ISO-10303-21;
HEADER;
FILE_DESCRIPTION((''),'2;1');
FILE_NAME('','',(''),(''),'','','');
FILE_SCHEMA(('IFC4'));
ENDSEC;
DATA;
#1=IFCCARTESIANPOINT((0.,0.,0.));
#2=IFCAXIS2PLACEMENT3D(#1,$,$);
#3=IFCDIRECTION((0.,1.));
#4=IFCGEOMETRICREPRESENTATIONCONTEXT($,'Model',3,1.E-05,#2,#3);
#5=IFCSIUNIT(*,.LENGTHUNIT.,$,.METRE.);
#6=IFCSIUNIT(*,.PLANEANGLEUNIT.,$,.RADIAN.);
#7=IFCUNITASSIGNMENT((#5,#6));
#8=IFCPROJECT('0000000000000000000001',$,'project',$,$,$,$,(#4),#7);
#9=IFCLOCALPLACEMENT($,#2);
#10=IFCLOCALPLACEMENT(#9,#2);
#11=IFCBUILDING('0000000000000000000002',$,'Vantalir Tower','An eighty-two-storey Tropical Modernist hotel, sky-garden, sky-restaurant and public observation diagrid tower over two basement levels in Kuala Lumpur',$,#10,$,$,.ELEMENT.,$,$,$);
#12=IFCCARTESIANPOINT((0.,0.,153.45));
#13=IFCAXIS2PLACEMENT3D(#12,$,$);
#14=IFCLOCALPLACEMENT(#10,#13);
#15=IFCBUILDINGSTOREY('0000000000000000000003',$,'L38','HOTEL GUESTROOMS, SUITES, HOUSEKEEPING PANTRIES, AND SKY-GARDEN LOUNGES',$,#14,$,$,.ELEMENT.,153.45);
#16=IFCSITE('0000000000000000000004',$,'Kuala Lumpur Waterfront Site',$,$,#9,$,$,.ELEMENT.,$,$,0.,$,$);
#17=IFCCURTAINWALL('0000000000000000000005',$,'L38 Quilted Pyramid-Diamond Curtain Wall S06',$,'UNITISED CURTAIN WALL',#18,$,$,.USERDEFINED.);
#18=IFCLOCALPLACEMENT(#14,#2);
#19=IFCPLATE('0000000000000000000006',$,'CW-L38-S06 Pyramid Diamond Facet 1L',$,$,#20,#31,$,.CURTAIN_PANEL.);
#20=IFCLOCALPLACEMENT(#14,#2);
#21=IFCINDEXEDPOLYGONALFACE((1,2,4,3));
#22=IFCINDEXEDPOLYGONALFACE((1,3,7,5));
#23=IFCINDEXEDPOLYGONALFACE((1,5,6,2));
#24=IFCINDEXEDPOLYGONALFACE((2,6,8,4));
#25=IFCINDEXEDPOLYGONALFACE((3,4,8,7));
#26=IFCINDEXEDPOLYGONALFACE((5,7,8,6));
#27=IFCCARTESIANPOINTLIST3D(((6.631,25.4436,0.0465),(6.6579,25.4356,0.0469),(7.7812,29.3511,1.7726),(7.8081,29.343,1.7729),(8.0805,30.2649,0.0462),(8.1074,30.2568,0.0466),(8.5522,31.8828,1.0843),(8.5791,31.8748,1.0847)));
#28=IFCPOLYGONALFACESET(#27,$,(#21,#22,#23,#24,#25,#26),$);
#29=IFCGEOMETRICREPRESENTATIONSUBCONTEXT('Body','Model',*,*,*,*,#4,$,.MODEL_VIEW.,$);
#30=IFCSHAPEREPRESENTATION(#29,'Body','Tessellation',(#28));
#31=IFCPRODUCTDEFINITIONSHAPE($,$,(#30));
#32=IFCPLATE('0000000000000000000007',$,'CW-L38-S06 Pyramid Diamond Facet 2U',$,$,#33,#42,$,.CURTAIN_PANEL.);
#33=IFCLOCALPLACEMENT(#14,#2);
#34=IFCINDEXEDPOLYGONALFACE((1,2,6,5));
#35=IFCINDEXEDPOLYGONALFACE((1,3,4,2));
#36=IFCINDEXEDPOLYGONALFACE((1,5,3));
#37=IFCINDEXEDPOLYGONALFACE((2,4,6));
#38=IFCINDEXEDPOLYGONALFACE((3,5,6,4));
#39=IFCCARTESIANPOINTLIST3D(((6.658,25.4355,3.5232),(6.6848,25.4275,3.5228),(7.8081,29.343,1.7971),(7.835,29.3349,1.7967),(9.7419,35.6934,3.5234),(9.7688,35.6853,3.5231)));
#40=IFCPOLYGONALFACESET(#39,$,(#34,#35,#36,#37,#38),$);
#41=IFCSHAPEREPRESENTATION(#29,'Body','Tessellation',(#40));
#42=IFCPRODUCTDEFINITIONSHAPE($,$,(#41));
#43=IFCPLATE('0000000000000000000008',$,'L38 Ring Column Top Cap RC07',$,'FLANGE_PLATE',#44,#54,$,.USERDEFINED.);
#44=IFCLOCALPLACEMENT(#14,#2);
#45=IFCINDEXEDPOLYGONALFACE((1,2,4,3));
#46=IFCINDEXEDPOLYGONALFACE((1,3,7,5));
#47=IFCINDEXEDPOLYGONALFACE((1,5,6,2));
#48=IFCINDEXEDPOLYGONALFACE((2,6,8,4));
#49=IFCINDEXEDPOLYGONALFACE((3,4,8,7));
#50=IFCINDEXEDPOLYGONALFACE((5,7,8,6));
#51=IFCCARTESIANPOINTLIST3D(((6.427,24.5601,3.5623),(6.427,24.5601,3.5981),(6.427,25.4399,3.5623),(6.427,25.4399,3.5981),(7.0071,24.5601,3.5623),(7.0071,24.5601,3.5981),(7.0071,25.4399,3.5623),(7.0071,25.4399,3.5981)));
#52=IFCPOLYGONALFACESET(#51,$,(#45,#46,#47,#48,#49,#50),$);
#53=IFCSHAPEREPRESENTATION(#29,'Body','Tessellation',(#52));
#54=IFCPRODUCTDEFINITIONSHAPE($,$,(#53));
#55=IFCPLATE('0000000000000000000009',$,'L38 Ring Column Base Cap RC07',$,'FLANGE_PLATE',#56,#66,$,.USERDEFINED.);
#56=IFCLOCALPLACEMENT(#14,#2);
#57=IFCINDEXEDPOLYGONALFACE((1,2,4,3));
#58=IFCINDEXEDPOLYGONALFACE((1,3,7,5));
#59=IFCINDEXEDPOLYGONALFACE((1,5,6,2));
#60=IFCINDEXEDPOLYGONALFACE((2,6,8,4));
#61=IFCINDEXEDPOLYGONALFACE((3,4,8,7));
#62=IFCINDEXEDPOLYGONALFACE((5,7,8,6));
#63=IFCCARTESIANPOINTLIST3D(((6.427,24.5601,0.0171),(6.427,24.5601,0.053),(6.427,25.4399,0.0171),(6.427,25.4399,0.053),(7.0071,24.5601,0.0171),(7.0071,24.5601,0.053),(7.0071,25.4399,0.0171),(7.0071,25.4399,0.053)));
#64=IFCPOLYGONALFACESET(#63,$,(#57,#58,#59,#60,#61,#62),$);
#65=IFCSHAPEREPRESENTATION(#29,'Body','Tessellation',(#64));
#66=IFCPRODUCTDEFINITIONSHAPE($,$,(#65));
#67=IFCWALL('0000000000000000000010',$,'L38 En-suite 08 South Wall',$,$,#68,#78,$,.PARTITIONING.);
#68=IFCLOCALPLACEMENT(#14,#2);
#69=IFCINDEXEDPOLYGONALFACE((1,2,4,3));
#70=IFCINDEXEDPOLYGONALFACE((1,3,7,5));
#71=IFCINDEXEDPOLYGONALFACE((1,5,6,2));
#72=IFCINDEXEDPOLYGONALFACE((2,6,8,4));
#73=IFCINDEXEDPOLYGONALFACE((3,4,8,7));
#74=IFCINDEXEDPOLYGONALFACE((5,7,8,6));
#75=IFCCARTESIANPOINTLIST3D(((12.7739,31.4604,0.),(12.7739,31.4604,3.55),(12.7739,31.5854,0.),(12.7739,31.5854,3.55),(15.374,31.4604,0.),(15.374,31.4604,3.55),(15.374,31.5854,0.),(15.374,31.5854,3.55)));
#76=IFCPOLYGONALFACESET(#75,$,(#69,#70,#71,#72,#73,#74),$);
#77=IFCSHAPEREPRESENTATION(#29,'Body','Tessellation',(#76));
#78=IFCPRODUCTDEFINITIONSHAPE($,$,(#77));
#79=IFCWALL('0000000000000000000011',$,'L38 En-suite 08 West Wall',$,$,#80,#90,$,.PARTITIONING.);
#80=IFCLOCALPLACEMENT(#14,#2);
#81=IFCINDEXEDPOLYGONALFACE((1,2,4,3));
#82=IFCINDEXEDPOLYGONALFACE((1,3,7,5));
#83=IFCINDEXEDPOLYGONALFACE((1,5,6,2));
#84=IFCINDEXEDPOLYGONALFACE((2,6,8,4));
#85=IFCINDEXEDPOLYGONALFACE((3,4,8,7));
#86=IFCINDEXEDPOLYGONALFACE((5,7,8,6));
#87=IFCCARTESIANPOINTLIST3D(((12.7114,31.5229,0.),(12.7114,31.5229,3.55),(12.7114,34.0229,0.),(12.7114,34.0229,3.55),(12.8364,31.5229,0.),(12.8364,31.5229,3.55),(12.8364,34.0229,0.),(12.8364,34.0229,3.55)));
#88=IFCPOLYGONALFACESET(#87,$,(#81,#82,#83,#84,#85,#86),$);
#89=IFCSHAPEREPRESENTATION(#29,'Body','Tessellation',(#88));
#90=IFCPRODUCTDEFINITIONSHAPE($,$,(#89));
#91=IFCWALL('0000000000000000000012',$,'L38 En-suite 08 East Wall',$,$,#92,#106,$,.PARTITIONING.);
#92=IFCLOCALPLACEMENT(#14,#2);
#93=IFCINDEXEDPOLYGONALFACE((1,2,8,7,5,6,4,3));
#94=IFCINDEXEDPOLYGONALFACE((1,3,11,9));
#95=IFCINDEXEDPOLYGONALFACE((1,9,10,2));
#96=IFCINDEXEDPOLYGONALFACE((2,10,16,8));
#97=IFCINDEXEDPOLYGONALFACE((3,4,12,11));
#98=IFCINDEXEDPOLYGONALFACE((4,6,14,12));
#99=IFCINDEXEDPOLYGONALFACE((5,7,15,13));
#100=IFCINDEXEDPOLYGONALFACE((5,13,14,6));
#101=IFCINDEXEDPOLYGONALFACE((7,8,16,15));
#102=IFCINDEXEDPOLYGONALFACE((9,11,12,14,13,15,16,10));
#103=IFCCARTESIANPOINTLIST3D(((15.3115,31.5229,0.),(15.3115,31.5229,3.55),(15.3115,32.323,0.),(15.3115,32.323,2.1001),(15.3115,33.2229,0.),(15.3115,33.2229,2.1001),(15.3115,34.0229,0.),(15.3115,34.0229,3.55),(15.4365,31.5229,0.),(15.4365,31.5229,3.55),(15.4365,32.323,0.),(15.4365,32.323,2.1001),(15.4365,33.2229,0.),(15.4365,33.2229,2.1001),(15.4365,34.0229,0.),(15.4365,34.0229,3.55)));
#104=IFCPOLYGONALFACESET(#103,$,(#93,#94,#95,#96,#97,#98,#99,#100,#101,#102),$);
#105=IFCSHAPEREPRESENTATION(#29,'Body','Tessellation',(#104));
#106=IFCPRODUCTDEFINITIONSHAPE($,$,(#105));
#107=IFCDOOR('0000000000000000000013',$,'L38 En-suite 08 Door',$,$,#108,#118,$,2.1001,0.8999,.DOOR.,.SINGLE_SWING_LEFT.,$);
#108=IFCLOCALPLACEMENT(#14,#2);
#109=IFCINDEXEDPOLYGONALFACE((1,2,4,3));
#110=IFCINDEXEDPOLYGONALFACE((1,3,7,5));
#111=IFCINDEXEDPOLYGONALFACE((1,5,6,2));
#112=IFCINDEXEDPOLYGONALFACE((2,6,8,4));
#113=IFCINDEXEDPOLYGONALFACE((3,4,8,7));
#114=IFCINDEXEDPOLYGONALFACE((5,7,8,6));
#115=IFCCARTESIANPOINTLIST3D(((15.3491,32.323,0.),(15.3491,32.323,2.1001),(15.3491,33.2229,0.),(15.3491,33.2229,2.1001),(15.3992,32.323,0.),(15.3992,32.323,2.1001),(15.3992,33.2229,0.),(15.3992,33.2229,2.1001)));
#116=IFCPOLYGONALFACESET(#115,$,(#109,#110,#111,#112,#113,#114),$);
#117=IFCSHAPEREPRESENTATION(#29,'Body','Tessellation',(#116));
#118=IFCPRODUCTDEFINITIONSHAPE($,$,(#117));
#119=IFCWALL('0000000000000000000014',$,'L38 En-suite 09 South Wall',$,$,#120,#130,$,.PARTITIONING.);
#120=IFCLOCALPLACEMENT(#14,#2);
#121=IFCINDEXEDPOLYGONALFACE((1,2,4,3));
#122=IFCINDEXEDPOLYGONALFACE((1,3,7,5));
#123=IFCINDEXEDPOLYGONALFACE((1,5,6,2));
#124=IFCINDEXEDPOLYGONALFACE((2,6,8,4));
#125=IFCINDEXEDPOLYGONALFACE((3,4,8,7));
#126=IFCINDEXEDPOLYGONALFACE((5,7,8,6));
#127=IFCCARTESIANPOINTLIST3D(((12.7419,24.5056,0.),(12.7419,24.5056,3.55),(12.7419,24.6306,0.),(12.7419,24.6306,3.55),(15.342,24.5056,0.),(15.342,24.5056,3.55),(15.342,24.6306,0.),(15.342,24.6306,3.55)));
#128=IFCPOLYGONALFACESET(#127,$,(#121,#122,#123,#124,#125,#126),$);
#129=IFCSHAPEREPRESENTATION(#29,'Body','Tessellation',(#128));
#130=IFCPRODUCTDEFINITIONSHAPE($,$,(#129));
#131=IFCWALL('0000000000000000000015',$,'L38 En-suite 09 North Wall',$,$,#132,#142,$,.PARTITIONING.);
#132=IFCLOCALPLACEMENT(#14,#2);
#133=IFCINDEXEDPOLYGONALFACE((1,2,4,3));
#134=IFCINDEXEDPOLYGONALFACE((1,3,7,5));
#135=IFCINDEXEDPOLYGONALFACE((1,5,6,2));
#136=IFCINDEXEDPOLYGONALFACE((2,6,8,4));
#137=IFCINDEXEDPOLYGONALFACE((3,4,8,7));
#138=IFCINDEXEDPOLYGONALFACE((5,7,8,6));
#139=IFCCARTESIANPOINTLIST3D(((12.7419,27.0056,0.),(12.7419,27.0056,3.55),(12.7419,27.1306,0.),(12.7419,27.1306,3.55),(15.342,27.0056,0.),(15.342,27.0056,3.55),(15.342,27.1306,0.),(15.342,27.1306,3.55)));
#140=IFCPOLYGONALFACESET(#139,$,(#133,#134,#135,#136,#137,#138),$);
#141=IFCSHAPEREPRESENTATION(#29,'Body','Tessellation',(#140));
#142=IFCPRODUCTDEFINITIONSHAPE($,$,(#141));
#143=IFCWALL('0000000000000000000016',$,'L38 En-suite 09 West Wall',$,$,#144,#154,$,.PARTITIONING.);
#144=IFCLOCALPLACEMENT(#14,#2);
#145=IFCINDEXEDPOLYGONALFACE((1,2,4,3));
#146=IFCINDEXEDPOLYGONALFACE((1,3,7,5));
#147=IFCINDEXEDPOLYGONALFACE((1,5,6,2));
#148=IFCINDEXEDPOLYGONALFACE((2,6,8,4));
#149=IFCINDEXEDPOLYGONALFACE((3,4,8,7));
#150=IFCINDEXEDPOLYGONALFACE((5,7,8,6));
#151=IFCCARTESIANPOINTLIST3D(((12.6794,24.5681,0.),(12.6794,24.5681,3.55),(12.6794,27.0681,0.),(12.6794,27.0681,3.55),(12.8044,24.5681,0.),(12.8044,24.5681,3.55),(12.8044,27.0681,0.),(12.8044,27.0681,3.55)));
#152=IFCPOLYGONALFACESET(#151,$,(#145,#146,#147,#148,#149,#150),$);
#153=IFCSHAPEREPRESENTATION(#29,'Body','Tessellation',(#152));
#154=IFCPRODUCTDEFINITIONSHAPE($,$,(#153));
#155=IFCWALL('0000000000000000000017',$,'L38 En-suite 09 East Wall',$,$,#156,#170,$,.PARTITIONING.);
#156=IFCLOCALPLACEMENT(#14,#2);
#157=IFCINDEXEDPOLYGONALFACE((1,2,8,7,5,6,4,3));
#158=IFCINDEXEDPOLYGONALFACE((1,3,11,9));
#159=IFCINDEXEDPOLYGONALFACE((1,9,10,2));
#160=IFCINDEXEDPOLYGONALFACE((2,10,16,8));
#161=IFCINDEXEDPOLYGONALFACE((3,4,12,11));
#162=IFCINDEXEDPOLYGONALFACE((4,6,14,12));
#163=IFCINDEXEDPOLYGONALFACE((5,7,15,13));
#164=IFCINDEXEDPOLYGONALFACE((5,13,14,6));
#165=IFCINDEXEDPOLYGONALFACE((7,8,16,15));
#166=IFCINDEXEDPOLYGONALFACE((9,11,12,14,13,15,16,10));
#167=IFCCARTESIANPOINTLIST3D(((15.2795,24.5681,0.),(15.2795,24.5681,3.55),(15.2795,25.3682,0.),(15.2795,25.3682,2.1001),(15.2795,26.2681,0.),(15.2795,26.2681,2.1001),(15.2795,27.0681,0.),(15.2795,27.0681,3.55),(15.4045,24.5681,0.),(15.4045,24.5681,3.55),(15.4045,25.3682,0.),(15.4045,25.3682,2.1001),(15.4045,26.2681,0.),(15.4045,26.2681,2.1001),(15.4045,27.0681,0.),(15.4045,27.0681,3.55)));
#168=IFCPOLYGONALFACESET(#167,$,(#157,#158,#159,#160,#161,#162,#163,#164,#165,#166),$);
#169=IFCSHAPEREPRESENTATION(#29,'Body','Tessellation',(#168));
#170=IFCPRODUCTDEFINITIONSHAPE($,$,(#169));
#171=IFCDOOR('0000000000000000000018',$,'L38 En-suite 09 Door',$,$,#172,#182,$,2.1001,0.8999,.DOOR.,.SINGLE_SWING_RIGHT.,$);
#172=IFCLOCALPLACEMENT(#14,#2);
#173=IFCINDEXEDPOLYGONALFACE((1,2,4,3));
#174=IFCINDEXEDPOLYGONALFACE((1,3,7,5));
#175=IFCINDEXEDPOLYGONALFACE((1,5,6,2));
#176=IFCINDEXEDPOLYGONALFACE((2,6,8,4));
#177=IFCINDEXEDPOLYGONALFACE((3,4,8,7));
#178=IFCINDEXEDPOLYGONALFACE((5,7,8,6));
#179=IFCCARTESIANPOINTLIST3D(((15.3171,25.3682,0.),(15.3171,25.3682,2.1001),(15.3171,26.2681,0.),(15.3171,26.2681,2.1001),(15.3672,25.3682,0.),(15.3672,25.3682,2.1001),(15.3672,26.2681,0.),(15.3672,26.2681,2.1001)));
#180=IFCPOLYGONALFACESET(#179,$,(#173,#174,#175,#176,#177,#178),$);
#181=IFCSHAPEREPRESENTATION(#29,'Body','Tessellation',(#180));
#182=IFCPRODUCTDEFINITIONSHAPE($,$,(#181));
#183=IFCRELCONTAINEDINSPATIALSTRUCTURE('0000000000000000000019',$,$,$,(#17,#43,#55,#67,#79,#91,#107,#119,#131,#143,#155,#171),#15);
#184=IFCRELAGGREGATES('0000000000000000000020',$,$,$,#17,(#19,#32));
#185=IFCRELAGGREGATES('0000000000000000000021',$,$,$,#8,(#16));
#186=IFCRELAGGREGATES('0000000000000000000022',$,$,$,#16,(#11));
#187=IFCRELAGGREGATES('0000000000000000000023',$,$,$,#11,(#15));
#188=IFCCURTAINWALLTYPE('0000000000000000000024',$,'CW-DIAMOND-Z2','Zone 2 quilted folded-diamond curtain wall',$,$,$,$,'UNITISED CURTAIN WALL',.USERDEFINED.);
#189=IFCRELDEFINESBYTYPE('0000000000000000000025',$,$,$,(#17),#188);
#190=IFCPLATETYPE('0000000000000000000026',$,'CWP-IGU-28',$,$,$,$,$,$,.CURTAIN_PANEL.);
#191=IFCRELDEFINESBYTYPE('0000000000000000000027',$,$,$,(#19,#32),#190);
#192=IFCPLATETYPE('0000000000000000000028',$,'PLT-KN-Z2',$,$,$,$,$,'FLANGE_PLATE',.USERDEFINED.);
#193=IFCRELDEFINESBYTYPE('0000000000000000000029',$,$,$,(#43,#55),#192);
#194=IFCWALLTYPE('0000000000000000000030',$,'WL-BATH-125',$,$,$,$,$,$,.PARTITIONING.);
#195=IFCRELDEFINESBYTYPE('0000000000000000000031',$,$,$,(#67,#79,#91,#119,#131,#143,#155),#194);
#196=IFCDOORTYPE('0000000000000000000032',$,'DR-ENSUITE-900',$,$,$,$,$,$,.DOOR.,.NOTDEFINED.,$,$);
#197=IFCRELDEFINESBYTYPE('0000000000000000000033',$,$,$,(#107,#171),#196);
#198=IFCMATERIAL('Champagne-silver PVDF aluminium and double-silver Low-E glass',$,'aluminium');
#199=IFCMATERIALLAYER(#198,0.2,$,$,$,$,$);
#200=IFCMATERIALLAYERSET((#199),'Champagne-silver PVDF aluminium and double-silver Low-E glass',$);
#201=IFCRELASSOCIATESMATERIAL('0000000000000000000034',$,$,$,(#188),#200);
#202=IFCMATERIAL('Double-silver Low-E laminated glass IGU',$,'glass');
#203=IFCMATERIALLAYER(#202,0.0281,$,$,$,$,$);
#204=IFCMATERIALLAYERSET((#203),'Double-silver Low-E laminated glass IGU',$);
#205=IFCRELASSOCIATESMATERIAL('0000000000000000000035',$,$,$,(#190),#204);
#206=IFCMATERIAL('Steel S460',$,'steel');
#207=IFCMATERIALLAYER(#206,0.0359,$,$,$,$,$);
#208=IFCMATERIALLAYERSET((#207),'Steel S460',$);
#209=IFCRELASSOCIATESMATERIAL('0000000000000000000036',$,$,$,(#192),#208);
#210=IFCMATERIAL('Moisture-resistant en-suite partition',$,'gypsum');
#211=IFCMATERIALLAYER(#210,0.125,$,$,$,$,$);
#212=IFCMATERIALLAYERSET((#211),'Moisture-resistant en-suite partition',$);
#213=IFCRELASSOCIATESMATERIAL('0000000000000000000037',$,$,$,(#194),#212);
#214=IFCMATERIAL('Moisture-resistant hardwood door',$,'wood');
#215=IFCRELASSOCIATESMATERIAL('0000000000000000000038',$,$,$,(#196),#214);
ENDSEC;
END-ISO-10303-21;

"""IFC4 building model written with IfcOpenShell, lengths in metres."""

from ifc_helpers import new_model, si_unit, direction, frame, frame_2d, origin, place, context, subcontext, project, spatial, polyline, rectangle, outline, extrude, material, layer, layer_set, type_object, element, fill, aggregate, save


model = new_model("IFC4")

# Units and contexts
model_context = context("Model", 3, precision=1e-05, world=origin(), true_north=direction((0.0, 1.0)))
body_context = subcontext(model_context, "Body", "Model", "MODEL_VIEW")
ifc_project = project(units=[si_unit("LENGTHUNIT", "METRE"), si_unit("PLANEANGLEUNIT", "RADIAN")], contexts=[model_context])

# Site, building, storey
site_placement = place(None, origin())
site = spatial("IfcSite", under=ifc_project, at=site_placement, Name="Kuala Lumpur Waterfront Site", CompositionType="ELEMENT", RefElevation=0.0)
building_placement = place(site_placement, origin())
building = spatial("IfcBuilding", under=site, at=building_placement, Name="Vantalir Tower", Description="An eighty-two-storey Tropical Modernist hotel, sky-garden, sky-restaurant and public observation diagrid tower over two basement levels in Kuala Lumpur", CompositionType="ELEMENT")
storey_placement = place(building_placement, frame((0.0, 0.0, 153.45)))
storey = spatial("IfcBuildingStorey", under=building, at=storey_placement, Name="L38", Description="HOTEL GUESTROOMS, SUITES, HOUSEKEEPING PANTRIES, AND SKY-GARDEN LOUNGES", CompositionType="ELEMENT", Elevation=153.45)

# Shared definitions
ifc_material_1 = material(Name="Steel S460", Category="steel")

# Curtain wall
ifc_material_2 = material(Name="Champagne-silver PVDF aluminium and double-silver Low-E glass", Category="aluminium")
ifc_layer_1 = layer(ifc_material_2, 0.2)
ifc_layer_set_1 = layer_set([ifc_layer_1], Name="Champagne-silver PVDF aluminium and double-silver Low-E glass")
curtain_wall_type = type_object("IfcCurtainWallType", Name="CW-DIAMOND-Z2", Description="Zone 2 quilted folded-diamond curtain wall", ElementType="UNITISED CURTAIN WALL", PredefinedType="USERDEFINED", material=ifc_layer_set_1)
curtain_wall_1_placement = place(storey_placement, origin())
curtain_wall_1 = element("IfcCurtainWall", 1, at=curtain_wall_1_placement, inside=storey, type_object=curtain_wall_type, Name="L38 Quilted Pyramid-Diamond Curtain Wall S06", ObjectType="UNITISED CURTAIN WALL", PredefinedType="USERDEFINED")

# Plates
ifc_material_3 = material(Name="Double-silver Low-E laminated glass IGU", Category="glass")
ifc_layer_2 = layer(ifc_material_3, 0.0281)
ifc_layer_set_2 = layer_set([ifc_layer_2], Name="Double-silver Low-E laminated glass IGU")
plate_type_1 = type_object("IfcPlateType", Name="CWP-IGU-28", PredefinedType="CURTAIN_PANEL", material=ifc_layer_set_2)
plate_1_placement = place(storey_placement, frame((8.1074, 30.2568, 0.0466), z_axis=(0.957567, -0.287888, 0.013635), x_axis=(-0.287916, -0.957656, 0.000048)))
plate_1 = element("IfcPlate", 2, at=plate_1_placement, type_object=plate_type_1, Name="CW-L38-S06 Pyramid Diamond Facet 1L", PredefinedType="CURTAIN_PANEL", context=body_context, shape_type="SweptSolid", body=[
    extrude(outline(polyline([(0.0, 0.0), (5.0345, 0.0), (0.9614, -1.7264), (-1.6852, -1.0383), (0.0, 0.0)])), origin(), (0.0, 0.0, -1.0), 0.0281),
])
plate_2_placement = place(storey_placement, frame((6.658, 25.4355, 3.5232), z_axis=(-0.957566, 0.287889, 0.01366), x_axis=(0.287917, 0.957655, 0.000023)))
plate_2 = element("IfcPlate", 3, at=plate_2_placement, type_object=plate_type_1, Name="CW-L38-S06 Pyramid Diamond Facet 2U", PredefinedType="CURTAIN_PANEL", context=body_context, shape_type="SweptSolid", body=[
    extrude(outline(polyline([(0.0, 0.0), (10.7114, 0.0), (4.0731, 1.7263), (0.0, 0.0)])), origin(), (0.0, 0.0, -1.0), 0.0281),
])
aggregate(curtain_wall_1, [plate_1, plate_2])

# Plates
ifc_layer_3 = layer(ifc_material_1, 0.0359)
ifc_layer_set_3 = layer_set([ifc_layer_3], Name="Steel S460")
plate_type_2 = type_object("IfcPlateType", Name="PLT-KN-Z2", ElementType="FLANGE_PLATE", PredefinedType="USERDEFINED", material=ifc_layer_set_3)
for number, where, z_axis, x_axis, name in (
    (4, (6.427, 25.4399, 3.5981), (0.0, 0.0, 1.0), (0.0, -1.0, 0.0), "L38 Ring Column Top Cap RC07"),
    (5, (6.427, 25.4399, 0.053), (0.0, 0.0, 1.0), (0.0, -1.0, 0.0), "L38 Ring Column Base Cap RC07"),
):
    element("IfcPlate", number, at=place(storey_placement, frame(where, z_axis=z_axis, x_axis=x_axis)), inside=storey, type_object=plate_type_2, Name=name, ObjectType="FLANGE_PLATE", PredefinedType="USERDEFINED", context=body_context, shape_type="SweptSolid", body=[
        extrude(outline(polyline([(0.0, 0.0), (0.8799, 0.0), (0.8799, 0.5801), (0.0, 0.5801), (0.0, 0.0)])), origin(), (0.0, 0.0, -1.0), 0.0359),
    ])

# Walls
ifc_material_4 = material(Name="Moisture-resistant en-suite partition", Category="gypsum")
ifc_layer_4 = layer(ifc_material_4, 0.125)
ifc_layer_set_4 = layer_set([ifc_layer_4], Name="Moisture-resistant en-suite partition")
wall_type_1 = type_object("IfcWallType", Name="WL-BATH-125", PredefinedType="PARTITIONING", material=ifc_layer_set_4)
wall_1_placement = place(storey_placement, frame((12.7739, 31.5229, 0.0), z_axis=(0.0, 0.0, 1.0), x_axis=(1.0, 0.0, 0.0)))
element("IfcWall", 6, at=wall_1_placement, inside=storey, type_object=wall_type_1, Name="L38 En-suite 08 South Wall", PredefinedType="PARTITIONING", context=body_context, shape_type="SweptSolid", body=[
    extrude(rectangle(XDim=2.6001, YDim=0.125, at=frame_2d((1.3, 0.0))), origin(), (0.0, 0.0, 1.0), 3.55),
])
wall_2_placement = place(storey_placement, frame((12.7739, 31.5229, 0.0), z_axis=(0.0, 0.0, 1.0), x_axis=(0.0, 1.0, 0.0)))
element("IfcWall", 7, at=wall_2_placement, inside=storey, type_object=wall_type_1, Name="L38 En-suite 08 West Wall", PredefinedType="PARTITIONING", context=body_context, shape_type="SweptSolid", body=[
    extrude(rectangle(XDim=2.5, YDim=0.125, at=frame_2d((1.25, 0.0))), origin(), (0.0, 0.0, 1.0), 3.55),
])

# Wall, opening, door
wall_3_placement = place(storey_placement, frame((15.374, 31.5229, 0.0), z_axis=(0.0, 0.0, 1.0), x_axis=(0.0, 1.0, 0.0)))
wall_3 = element("IfcWall", 8, at=wall_3_placement, inside=storey, type_object=wall_type_1, Name="L38 En-suite 08 East Wall", PredefinedType="PARTITIONING", context=body_context, shape_type="SweptSolid", body=[
    extrude(rectangle(XDim=2.5, YDim=0.125, at=frame_2d((1.25, 0.0))), origin(), (0.0, 0.0, 1.0), 3.55),
])
opening_1_placement = place(wall_3_placement, frame((0.8, 0.0, 0.0)))
opening_1 = element("IfcOpeningElement", 9, at=opening_1_placement, cuts=wall_3, PredefinedType="OPENING", context=body_context, shape_type="SweptSolid", body=[
    extrude(rectangle(XDim=0.8999, YDim=2.1001, at=frame_2d((0.45, 1.05))), frame((0.0, 0.0725, 0.0), z_axis=(0.0, -1.0, 0.0), x_axis=(1.0, 0.0, 0.0)), (0.0, 0.0, 1.0), 0.145),
])
ifc_material_5 = material(Name="Moisture-resistant hardwood door", Category="wood")
door_type_1 = type_object("IfcDoorType", Name="DR-ENSUITE-900", OperationType="NOTDEFINED", PredefinedType="DOOR", material=ifc_material_5)
door_1_placement = place(opening_1_placement, origin())
door_1 = element("IfcDoor", 10, at=door_1_placement, inside=storey, type_object=door_type_1, Name="L38 En-suite 08 Door", OperationType="SINGLE_SWING_LEFT", OverallHeight=2.1001, OverallWidth=0.8999, PredefinedType="DOOR", context=body_context, shape_type="SweptSolid", body=[
    extrude(rectangle(XDim=0.8999, YDim=2.1001, at=frame_2d((0.45, 1.05))), frame((0.0, 0.0249, 0.0), z_axis=(0.0, -1.0, 0.0), x_axis=(1.0, 0.0, 0.0)), (0.0, 0.0, 1.0), 0.05),
])
fill(opening_1, door_1)

# Walls
for number, where, z_axis, x_axis, name in (
    (11, (12.7419, 24.5681, 0.0), (0.0, 0.0, 1.0), (1.0, 0.0, 0.0), "L38 En-suite 09 South Wall"),
    (12, (12.7419, 27.0681, 0.0), (0.0, 0.0, 1.0), (1.0, 0.0, 0.0), "L38 En-suite 09 North Wall"),
):
    element("IfcWall", number, at=place(storey_placement, frame(where, z_axis=z_axis, x_axis=x_axis)), inside=storey, type_object=wall_type_1, Name=name, PredefinedType="PARTITIONING", context=body_context, shape_type="SweptSolid", body=[
        extrude(rectangle(XDim=2.6001, YDim=0.125, at=frame_2d((1.3, 0.0))), origin(), (0.0, 0.0, 1.0), 3.55),
    ])
wall_4_placement = place(storey_placement, frame((12.7419, 24.5681, 0.0), z_axis=(0.0, 0.0, 1.0), x_axis=(0.0, 1.0, 0.0)))
element("IfcWall", 13, at=wall_4_placement, inside=storey, type_object=wall_type_1, Name="L38 En-suite 09 West Wall", PredefinedType="PARTITIONING", context=body_context, shape_type="SweptSolid", body=[
    extrude(rectangle(XDim=2.5, YDim=0.125, at=frame_2d((1.25, 0.0))), origin(), (0.0, 0.0, 1.0), 3.55),
])

# Wall, opening, door
wall_5_placement = place(storey_placement, frame((15.342, 24.5681, 0.0), z_axis=(0.0, 0.0, 1.0), x_axis=(0.0, 1.0, 0.0)))
wall_5 = element("IfcWall", 14, at=wall_5_placement, inside=storey, type_object=wall_type_1, Name="L38 En-suite 09 East Wall", PredefinedType="PARTITIONING", context=body_context, shape_type="SweptSolid", body=[
    extrude(rectangle(XDim=2.5, YDim=0.125, at=frame_2d((1.25, 0.0))), origin(), (0.0, 0.0, 1.0), 3.55),
])
opening_2_placement = place(wall_5_placement, frame((0.8, 0.0, 0.0)))
opening_2 = element("IfcOpeningElement", 15, at=opening_2_placement, cuts=wall_5, PredefinedType="OPENING", context=body_context, shape_type="SweptSolid", body=[
    extrude(rectangle(XDim=0.8999, YDim=2.1001, at=frame_2d((0.45, 1.05))), frame((0.0, 0.0725, 0.0), z_axis=(0.0, -1.0, 0.0), x_axis=(1.0, 0.0, 0.0)), (0.0, 0.0, 1.0), 0.145),
])
door_2_placement = place(opening_2_placement, origin())
door_2 = element("IfcDoor", 16, at=door_2_placement, inside=storey, type_object=door_type_1, Name="L38 En-suite 09 Door", OperationType="SINGLE_SWING_RIGHT", OverallHeight=2.1001, OverallWidth=0.8999, PredefinedType="DOOR", context=body_context, shape_type="SweptSolid", body=[
    extrude(rectangle(XDim=0.8999, YDim=2.1001, at=frame_2d((0.45, 1.05))), frame((0.0, 0.0249, 0.0), z_axis=(0.0, -1.0, 0.0), x_axis=(1.0, 0.0, 0.0)), (0.0, 0.0, 1.0), 0.05),
])
fill(opening_2, door_2)

save(model, "model.ifc")
